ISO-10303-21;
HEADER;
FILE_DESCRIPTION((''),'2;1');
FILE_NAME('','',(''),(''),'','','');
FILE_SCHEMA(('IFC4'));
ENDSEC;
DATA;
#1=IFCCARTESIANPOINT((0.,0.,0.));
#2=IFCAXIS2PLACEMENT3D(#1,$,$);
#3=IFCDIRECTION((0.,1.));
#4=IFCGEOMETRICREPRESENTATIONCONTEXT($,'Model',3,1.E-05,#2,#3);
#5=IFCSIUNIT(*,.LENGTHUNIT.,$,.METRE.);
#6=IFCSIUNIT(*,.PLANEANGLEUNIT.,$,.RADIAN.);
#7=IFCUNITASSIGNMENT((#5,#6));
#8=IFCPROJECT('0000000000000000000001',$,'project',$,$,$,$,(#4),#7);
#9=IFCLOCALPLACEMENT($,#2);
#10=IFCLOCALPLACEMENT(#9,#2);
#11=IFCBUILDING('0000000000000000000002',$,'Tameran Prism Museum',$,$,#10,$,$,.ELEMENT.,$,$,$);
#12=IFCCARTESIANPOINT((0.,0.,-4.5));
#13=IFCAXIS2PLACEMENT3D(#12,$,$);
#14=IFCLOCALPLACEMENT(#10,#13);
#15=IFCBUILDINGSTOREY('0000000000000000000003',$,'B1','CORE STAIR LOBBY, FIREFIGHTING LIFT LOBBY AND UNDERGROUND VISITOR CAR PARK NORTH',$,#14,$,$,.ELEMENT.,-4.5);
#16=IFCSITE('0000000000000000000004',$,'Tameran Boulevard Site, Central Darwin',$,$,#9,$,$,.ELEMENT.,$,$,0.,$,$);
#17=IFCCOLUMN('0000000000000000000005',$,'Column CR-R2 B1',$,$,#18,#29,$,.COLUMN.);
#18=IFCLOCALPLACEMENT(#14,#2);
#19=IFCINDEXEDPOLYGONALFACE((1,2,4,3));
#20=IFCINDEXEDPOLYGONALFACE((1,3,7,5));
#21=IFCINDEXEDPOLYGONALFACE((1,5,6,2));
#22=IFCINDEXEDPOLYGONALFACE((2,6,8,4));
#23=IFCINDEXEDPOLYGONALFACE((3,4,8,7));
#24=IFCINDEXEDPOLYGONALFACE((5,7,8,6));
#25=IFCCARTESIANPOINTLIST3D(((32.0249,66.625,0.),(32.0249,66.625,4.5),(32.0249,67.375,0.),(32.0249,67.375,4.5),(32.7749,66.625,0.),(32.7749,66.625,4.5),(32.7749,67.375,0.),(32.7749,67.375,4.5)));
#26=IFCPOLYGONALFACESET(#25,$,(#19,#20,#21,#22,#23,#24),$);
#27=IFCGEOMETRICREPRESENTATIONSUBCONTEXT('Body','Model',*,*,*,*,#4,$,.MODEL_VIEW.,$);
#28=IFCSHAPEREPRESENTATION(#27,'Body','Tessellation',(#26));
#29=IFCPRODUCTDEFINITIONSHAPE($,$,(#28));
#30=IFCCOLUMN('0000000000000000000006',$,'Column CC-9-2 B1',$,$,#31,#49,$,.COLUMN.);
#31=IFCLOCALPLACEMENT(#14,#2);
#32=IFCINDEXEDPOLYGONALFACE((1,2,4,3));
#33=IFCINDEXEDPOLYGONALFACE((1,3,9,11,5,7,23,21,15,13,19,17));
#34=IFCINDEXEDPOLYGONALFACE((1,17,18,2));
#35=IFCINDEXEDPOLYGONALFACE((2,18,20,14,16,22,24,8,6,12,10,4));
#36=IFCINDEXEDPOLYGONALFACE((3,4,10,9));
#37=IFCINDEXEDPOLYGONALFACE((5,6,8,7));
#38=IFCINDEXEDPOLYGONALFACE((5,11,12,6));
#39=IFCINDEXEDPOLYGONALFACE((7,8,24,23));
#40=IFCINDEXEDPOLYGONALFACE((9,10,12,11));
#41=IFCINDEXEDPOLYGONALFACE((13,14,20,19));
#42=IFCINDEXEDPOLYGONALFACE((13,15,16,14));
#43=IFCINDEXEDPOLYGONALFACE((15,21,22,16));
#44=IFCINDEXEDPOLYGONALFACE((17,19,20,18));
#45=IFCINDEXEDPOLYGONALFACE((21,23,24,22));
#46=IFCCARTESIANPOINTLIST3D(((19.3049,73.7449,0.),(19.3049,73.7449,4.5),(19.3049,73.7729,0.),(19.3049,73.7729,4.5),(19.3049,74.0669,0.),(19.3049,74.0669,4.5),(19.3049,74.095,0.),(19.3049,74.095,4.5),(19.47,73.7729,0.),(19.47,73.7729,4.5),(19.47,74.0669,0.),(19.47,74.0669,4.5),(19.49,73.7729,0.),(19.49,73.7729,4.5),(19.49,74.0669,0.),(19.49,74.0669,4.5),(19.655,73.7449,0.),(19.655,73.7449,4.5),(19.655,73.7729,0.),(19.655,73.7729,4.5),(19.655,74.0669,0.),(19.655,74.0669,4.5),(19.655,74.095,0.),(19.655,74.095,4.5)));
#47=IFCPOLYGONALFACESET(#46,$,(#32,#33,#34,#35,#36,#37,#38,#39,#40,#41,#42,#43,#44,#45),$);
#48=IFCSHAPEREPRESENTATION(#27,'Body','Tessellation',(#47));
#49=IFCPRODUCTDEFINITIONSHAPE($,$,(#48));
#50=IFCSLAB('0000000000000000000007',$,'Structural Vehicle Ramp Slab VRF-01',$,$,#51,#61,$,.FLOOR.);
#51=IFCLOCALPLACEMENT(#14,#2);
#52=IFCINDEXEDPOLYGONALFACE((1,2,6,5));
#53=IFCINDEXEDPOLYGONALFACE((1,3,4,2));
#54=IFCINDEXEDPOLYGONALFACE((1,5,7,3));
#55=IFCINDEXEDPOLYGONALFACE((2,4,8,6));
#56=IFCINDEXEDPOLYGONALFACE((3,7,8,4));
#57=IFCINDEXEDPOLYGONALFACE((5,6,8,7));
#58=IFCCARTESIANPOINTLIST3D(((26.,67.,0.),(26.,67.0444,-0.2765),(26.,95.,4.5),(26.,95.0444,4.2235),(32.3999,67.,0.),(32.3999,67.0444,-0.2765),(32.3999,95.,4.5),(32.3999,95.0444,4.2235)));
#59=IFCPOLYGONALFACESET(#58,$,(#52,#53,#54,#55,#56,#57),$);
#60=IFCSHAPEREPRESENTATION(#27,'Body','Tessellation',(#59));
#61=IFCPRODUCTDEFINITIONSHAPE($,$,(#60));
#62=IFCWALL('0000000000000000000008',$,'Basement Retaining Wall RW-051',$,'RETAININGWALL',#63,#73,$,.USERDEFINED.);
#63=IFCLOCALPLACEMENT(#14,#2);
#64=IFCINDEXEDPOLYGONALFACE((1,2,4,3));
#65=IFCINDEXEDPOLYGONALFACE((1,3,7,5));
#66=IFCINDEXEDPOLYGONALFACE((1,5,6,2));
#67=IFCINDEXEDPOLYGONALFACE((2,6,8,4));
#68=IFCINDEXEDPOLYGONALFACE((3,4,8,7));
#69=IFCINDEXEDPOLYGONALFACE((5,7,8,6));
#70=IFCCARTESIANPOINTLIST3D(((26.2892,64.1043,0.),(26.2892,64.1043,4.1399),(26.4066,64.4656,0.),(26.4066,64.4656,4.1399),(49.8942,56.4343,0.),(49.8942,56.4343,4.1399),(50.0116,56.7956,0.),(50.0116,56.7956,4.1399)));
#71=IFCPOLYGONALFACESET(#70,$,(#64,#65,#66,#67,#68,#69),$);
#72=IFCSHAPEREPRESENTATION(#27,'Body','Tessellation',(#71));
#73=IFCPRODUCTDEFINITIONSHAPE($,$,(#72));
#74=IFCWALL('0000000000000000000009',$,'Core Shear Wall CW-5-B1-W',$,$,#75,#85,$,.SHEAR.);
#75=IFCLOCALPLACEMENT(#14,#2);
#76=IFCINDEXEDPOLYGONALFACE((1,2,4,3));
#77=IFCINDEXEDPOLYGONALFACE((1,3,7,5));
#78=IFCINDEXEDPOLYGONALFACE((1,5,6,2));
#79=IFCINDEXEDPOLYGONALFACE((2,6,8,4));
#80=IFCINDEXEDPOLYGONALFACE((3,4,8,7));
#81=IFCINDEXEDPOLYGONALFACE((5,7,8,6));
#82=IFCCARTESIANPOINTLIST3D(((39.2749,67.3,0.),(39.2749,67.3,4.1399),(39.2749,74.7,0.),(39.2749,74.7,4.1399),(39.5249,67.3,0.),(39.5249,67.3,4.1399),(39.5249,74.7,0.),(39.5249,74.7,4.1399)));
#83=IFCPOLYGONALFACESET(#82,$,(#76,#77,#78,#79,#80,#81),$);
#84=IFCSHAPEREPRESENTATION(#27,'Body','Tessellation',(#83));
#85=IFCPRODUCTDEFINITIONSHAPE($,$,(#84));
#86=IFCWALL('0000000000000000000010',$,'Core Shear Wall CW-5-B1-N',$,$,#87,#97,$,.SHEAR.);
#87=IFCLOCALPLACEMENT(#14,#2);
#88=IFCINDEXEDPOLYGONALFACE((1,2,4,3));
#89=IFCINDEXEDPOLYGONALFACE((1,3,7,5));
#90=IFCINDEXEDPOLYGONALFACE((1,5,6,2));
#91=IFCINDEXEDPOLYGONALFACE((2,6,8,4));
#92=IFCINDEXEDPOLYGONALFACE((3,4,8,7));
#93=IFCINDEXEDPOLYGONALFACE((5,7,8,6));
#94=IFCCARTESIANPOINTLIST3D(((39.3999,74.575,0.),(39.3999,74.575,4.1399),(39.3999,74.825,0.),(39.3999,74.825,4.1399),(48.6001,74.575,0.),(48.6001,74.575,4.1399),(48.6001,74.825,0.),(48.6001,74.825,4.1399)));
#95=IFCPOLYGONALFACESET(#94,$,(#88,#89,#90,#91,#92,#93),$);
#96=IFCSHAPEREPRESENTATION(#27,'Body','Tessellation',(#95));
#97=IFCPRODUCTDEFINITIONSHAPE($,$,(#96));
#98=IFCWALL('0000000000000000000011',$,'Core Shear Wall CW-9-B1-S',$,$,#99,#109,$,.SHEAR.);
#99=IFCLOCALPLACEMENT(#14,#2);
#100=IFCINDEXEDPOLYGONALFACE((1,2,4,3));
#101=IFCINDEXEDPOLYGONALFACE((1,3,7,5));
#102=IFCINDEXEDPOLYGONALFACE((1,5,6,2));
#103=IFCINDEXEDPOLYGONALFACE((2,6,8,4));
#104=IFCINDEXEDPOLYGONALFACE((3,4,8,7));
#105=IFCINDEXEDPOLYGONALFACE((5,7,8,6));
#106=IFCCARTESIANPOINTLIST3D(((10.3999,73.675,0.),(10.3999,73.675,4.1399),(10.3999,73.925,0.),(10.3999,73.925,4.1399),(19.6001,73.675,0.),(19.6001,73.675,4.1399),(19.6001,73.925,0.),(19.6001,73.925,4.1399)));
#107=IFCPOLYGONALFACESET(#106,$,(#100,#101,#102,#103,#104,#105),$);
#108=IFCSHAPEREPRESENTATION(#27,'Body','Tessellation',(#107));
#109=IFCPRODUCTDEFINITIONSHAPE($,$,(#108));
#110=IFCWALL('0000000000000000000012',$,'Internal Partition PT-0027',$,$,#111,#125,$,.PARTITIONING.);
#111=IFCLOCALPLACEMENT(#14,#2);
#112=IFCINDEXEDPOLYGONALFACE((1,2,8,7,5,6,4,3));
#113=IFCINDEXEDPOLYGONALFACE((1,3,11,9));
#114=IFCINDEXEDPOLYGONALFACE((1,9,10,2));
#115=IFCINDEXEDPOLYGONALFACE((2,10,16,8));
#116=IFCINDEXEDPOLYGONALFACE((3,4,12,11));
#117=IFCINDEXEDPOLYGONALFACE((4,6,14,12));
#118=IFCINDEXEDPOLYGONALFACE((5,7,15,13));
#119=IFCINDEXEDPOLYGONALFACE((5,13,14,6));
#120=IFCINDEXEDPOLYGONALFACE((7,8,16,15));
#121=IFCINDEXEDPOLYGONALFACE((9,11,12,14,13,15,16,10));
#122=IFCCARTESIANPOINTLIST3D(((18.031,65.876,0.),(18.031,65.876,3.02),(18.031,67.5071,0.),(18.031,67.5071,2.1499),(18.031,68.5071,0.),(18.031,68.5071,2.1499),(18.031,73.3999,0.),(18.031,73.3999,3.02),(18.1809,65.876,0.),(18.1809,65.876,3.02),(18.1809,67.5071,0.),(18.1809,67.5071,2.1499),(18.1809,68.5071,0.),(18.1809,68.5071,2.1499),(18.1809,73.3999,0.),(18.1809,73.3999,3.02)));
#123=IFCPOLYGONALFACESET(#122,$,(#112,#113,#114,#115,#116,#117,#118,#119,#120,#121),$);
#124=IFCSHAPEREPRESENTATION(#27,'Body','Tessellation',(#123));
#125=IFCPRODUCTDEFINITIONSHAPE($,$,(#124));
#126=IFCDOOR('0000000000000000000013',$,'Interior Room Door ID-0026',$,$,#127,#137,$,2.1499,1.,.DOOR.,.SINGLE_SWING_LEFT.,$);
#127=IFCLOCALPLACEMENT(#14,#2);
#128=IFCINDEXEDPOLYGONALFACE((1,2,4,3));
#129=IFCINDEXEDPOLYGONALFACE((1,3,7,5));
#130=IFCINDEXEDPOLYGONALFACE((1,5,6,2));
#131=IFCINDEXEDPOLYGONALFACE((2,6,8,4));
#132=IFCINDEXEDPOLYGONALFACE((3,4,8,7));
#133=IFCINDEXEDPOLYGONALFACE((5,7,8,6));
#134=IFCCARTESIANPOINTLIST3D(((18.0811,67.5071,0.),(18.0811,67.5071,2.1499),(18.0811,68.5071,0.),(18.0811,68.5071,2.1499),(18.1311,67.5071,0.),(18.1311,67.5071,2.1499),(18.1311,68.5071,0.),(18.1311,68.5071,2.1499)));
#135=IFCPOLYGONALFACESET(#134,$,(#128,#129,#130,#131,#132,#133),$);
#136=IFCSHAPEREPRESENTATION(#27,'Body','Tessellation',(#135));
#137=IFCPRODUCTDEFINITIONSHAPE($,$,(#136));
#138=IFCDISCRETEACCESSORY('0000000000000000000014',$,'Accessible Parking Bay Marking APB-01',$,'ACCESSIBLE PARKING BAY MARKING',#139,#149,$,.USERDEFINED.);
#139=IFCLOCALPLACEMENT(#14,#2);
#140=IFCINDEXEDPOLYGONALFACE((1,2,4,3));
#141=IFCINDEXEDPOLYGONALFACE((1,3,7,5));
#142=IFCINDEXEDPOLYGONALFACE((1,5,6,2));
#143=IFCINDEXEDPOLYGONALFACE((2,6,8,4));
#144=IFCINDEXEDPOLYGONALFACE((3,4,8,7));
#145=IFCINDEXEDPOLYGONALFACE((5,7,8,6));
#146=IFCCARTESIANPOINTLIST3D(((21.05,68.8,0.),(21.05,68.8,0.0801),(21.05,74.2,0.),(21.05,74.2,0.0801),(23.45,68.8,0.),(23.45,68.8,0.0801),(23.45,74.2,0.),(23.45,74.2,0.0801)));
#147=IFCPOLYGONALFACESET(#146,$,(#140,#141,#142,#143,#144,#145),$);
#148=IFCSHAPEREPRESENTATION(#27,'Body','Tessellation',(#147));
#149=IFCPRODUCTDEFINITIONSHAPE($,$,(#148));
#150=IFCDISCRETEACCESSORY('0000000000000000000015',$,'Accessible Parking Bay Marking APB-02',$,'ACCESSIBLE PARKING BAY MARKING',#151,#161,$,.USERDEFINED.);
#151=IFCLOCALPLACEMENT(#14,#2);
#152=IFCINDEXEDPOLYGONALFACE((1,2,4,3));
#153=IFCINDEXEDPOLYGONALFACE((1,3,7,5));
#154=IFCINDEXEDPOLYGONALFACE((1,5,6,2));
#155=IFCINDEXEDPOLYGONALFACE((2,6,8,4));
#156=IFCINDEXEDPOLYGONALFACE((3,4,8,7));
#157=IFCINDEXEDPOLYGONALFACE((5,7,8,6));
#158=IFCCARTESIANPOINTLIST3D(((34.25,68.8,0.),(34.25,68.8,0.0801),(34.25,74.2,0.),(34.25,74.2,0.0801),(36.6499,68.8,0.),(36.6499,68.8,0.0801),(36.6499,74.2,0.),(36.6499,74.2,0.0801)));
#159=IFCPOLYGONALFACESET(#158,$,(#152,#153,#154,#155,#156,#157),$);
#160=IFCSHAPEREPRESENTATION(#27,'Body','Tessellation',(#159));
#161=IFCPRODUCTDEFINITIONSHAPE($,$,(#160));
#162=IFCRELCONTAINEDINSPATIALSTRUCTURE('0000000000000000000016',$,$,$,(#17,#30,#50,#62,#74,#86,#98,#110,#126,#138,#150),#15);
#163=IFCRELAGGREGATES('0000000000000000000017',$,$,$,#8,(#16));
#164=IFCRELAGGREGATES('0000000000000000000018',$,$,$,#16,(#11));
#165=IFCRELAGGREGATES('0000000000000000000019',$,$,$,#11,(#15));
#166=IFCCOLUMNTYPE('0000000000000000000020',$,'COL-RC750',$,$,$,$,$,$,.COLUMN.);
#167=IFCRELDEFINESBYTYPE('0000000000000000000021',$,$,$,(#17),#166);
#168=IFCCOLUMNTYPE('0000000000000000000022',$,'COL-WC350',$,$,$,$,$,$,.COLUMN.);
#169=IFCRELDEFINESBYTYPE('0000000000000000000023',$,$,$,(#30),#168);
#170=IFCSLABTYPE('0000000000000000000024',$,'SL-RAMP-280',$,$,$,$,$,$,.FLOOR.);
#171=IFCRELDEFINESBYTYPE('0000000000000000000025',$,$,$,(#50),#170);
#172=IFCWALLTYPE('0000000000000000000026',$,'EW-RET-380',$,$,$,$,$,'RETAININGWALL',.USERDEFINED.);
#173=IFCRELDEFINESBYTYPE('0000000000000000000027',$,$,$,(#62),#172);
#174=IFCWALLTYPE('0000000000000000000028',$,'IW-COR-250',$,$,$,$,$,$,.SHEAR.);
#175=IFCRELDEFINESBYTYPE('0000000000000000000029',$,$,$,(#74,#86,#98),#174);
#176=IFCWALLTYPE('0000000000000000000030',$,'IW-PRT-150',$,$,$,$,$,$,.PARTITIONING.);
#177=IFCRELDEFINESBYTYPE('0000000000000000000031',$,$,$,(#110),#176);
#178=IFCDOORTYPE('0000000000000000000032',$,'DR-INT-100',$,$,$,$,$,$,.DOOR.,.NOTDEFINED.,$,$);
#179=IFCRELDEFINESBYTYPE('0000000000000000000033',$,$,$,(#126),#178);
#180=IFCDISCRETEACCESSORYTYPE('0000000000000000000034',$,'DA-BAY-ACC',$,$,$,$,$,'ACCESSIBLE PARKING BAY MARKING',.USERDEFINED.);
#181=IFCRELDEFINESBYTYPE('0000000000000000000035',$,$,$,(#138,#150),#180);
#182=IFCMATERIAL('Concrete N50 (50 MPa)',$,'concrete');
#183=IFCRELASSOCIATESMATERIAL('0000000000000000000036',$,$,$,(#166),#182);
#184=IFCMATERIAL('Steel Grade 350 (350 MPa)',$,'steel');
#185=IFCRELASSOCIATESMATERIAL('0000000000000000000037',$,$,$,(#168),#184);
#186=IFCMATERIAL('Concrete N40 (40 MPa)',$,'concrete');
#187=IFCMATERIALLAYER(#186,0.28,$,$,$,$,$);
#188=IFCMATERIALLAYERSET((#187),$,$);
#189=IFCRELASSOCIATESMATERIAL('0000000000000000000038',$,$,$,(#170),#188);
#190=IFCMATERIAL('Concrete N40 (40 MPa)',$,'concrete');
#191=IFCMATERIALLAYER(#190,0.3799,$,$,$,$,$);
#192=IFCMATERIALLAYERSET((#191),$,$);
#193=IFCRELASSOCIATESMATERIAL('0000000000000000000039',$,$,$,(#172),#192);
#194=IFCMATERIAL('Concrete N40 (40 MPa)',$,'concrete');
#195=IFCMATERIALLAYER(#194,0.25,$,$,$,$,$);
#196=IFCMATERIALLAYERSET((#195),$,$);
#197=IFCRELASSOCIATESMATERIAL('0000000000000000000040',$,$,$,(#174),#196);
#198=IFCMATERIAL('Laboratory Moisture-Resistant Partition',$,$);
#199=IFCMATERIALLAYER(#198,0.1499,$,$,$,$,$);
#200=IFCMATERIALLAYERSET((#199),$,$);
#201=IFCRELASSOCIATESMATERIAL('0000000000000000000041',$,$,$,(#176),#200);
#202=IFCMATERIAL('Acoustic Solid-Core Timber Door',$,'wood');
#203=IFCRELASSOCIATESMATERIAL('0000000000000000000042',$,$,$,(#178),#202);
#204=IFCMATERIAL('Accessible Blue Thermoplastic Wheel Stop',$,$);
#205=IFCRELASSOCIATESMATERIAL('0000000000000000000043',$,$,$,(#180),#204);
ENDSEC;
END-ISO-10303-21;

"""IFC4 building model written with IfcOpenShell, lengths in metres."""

from ifc_helpers import new_model, si_unit, direction, frame, frame_2d, origin, origin_2d, place, context, subcontext, project, spatial, polyline, rectangle, i_section, outline, extrude, material, layer, layer_set, material_profile, profile_set, type_object, element, fill, save


model = new_model("IFC4")

# Units and contexts
model_context = context("Model", 3, precision=1e-05, world=origin(), true_north=direction((0.0, 1.0)))
body_context = subcontext(model_context, "Body", "Model", "MODEL_VIEW")
ifc_project = project(units=[si_unit("LENGTHUNIT", "METRE"), si_unit("PLANEANGLEUNIT", "RADIAN")], contexts=[model_context])

# Site, building, storey
site_placement = place(None, origin())
site = spatial("IfcSite", under=ifc_project, at=site_placement, Name="Tameran Boulevard Site, Central Darwin", CompositionType="ELEMENT", RefElevation=0.0)
building_placement = place(site_placement, origin())
building = spatial("IfcBuilding", under=site, at=building_placement, Name="Tameran Prism Museum", CompositionType="ELEMENT")
storey_placement = place(building_placement, frame((0.0, 0.0, -4.5)))
storey = spatial("IfcBuildingStorey", under=building, at=storey_placement, Name="B1", Description="CORE STAIR LOBBY, FIREFIGHTING LIFT LOBBY AND UNDERGROUND VISITOR CAR PARK NORTH", CompositionType="ELEMENT", Elevation=-4.5)

# Columns
ifc_material_1 = material(Name="Concrete N50 (50 MPa)", Category="concrete")
ifc_material_profile_1 = material_profile(ifc_material_1, rectangle(XDim=0.75, YDim=0.75, at=origin_2d()))
ifc_profile_set_1 = profile_set([ifc_material_profile_1])
column_type_1 = type_object("IfcColumnType", Name="COL-RC750", PredefinedType="COLUMN", material=ifc_profile_set_1)
for number, where, z_axis, x_axis, name in (
    (1, (32.3999, 67.0, 0.0), (0.0, 0.0, 1.0), (1.0, 0.0, 0.0), "Column CR-R2 B1"),
):
    element("IfcColumn", number, at=place(storey_placement, frame(where, z_axis=z_axis, x_axis=x_axis)), inside=storey, type_object=column_type_1, Name=name, PredefinedType="COLUMN", context=body_context, shape_type="SweptSolid", body=[
        extrude(rectangle(XDim=0.75, YDim=0.75, at=origin_2d()), origin(), (0.0, 0.0, 1.0), 4.5),
    ])
ifc_material_2 = material(Name="Steel Grade 350 (350 MPa)", Category="steel")
ifc_material_profile_2 = material_profile(ifc_material_2, i_section(OverallWidth=0.3501, OverallDepth=0.3501, WebThickness=0.02, FlangeThickness=0.0281, at=origin_2d()))
ifc_profile_set_2 = profile_set([ifc_material_profile_2])
column_type_2 = type_object("IfcColumnType", Name="COL-WC350", PredefinedType="COLUMN", material=ifc_profile_set_2)
column_placement = place(storey_placement, frame((19.48, 73.9199, 0.0), z_axis=(0.0, 0.0, 1.0), x_axis=(1.0, 0.0, 0.0)))
element("IfcColumn", 2, at=column_placement, inside=storey, type_object=column_type_2, Name="Column CC-9-2 B1", PredefinedType="COLUMN", context=body_context, shape_type="SweptSolid", body=[
    extrude(i_section(OverallWidth=0.3501, OverallDepth=0.3501, WebThickness=0.02, FlangeThickness=0.0281, at=origin_2d()), origin(), (0.0, 0.0, 1.0), 4.5),
])

# Slab
ifc_material_3 = material(Name="Concrete N40 (40 MPa)", Category="concrete")
ifc_layer_1 = layer(ifc_material_3, 0.28)
ifc_layer_set_1 = layer_set([ifc_layer_1])
slab_type = type_object("IfcSlabType", Name="SL-RAMP-280", PredefinedType="FLOOR", material=ifc_layer_set_1)
slab_placement = place(storey_placement, frame((26.0, 67.0, 0.0), z_axis=(0.0, -0.158678, 0.98733), x_axis=(1.0, 0.0, 0.0)))
element("IfcSlab", 3, at=slab_placement, inside=storey, type_object=slab_type, Name="Structural Vehicle Ramp Slab VRF-01", PredefinedType="FLOOR", context=body_context, shape_type="SweptSolid", body=[
    extrude(outline(polyline([(0.0, 0.0), (6.3999, 0.0), (6.3999, 28.3593), (0.0, 28.3593), (0.0, 0.0)])), origin(), (0.0, 0.0, -1.0), 0.28),
])

# Walls
ifc_material_4 = material(Name="Concrete N40 (40 MPa)", Category="concrete")
ifc_layer_2 = layer(ifc_material_4, 0.3799)
ifc_layer_set_2 = layer_set([ifc_layer_2])
wall_type_1 = type_object("IfcWallType", Name="EW-RET-380", ElementType="RETAININGWALL", PredefinedType="USERDEFINED", material=ifc_layer_set_2)
wall_1_placement = place(storey_placement, frame((26.3479, 64.2849, 0.0), z_axis=(0.0, 0.0, 1.0), x_axis=(0.951054, -0.309024, 0.0)))
element("IfcWall", 4, at=wall_1_placement, inside=storey, type_object=wall_type_1, Name="Basement Retaining Wall RW-051", ObjectType="RETAININGWALL", PredefinedType="USERDEFINED", context=body_context, shape_type="SweptSolid", body=[
    extrude(rectangle(XDim=24.8198, YDim=0.3799, at=frame_2d((12.4099, 0.0))), origin(), (0.0, 0.0, 1.0), 4.1399),
])
ifc_material_5 = material(Name="Concrete N40 (40 MPa)", Category="concrete")
ifc_layer_3 = layer(ifc_material_5, 0.25)
ifc_layer_set_3 = layer_set([ifc_layer_3])
wall_type_2 = type_object("IfcWallType", Name="IW-COR-250", PredefinedType="SHEAR", material=ifc_layer_set_3)
wall_2_placement = place(storey_placement, frame((39.3999, 67.3, 0.0), z_axis=(0.0, 0.0, 1.0), x_axis=(0.0, 1.0, 0.0)))
element("IfcWall", 5, at=wall_2_placement, inside=storey, type_object=wall_type_2, Name="Core Shear Wall CW-5-B1-W", PredefinedType="SHEAR", context=body_context, shape_type="SweptSolid", body=[
    extrude(rectangle(XDim=7.3999, YDim=0.25, at=frame_2d((3.7, 0.0))), origin(), (0.0, 0.0, 1.0), 4.1399),
])
for number, where, z_axis, x_axis, name in (
    (6, (39.3999, 74.7, 0.0), (0.0, 0.0, 1.0), (1.0, 0.0, 0.0), "Core Shear Wall CW-5-B1-N"),
    (7, (19.6001, 73.8, 0.0), (0.0, 0.0, 1.0), (-1.0, 0.0, 0.0), "Core Shear Wall CW-9-B1-S"),
):
    element("IfcWall", number, at=place(storey_placement, frame(where, z_axis=z_axis, x_axis=x_axis)), inside=storey, type_object=wall_type_2, Name=name, PredefinedType="SHEAR", context=body_context, shape_type="SweptSolid", body=[
        extrude(rectangle(XDim=9.2002, YDim=0.25, at=frame_2d((4.6001, 0.0))), origin(), (0.0, 0.0, 1.0), 4.1399),
    ])

# Wall, opening, door
ifc_material_6 = material(Name="Laboratory Moisture-Resistant Partition")
ifc_layer_4 = layer(ifc_material_6, 0.1499)
ifc_layer_set_4 = layer_set([ifc_layer_4])
wall_type_3 = type_object("IfcWallType", Name="IW-PRT-150", PredefinedType="PARTITIONING", material=ifc_layer_set_4)
wall_3_placement = place(storey_placement, frame((18.106, 65.876, 0.0), z_axis=(0.0, 0.0, 1.0), x_axis=(0.0, 1.0, 0.0)))
wall_3 = element("IfcWall", 8, at=wall_3_placement, inside=storey, type_object=wall_type_3, Name="Internal Partition PT-0027", PredefinedType="PARTITIONING", context=body_context, shape_type="SweptSolid", body=[
    extrude(rectangle(XDim=7.5239, YDim=0.1499, at=frame_2d((3.762, 0.0))), origin(), (0.0, 0.0, 1.0), 3.02),
])
opening_placement = place(wall_3_placement, frame((1.6311, 0.0, 0.0)))
opening = element("IfcOpeningElement", 9, at=opening_placement, cuts=wall_3, PredefinedType="OPENING", context=body_context, shape_type="SweptSolid", body=[
    extrude(rectangle(XDim=1.0, YDim=2.1499, at=frame_2d((0.5, 1.075))), frame((0.0, 0.085, 0.0), z_axis=(0.0, -1.0, 0.0), x_axis=(1.0, 0.0, 0.0)), (0.0, 0.0, 1.0), 0.1699),
])
ifc_material_7 = material(Name="Acoustic Solid-Core Timber Door", Category="wood")
door_type = type_object("IfcDoorType", Name="DR-INT-100", OperationType="NOTDEFINED", PredefinedType="DOOR", material=ifc_material_7)
door_placement = place(opening_placement, origin())
door = element("IfcDoor", 10, at=door_placement, inside=storey, type_object=door_type, Name="Interior Room Door ID-0026", OperationType="SINGLE_SWING_LEFT", OverallHeight=2.1499, OverallWidth=1.0, PredefinedType="DOOR", context=body_context, shape_type="SweptSolid", body=[
    extrude(rectangle(XDim=1.0, YDim=2.1499, at=frame_2d((0.5, 1.075))), frame((0.0, 0.0249, 0.0), z_axis=(0.0, -1.0, 0.0), x_axis=(1.0, 0.0, 0.0)), (0.0, 0.0, 1.0), 0.05),
])
fill(opening, door)

# Discrete accessories
ifc_material_8 = material(Name="Accessible Blue Thermoplastic Wheel Stop")
discrete_accessory_type = type_object("IfcDiscreteAccessoryType", Name="DA-BAY-ACC", ElementType="ACCESSIBLE PARKING BAY MARKING", PredefinedType="USERDEFINED", material=ifc_material_8)
for number, where, z_axis, x_axis, name in (
    (11, (22.25, 71.5, 0.0), (0.0, 0.0, 1.0), (1.0, 0.0, 0.0), "Accessible Parking Bay Marking APB-01"),
    (12, (35.45, 71.5, 0.0), (0.0, 0.0, 1.0), (1.0, 0.0, 0.0), "Accessible Parking Bay Marking APB-02"),
):
    element("IfcDiscreteAccessory", number, at=place(storey_placement, frame(where, z_axis=z_axis, x_axis=x_axis)), inside=storey, type_object=discrete_accessory_type, Name=name, ObjectType="ACCESSIBLE PARKING BAY MARKING", PredefinedType="USERDEFINED", context=body_context, shape_type="SweptSolid", body=[
        extrude(rectangle(XDim=2.3999, YDim=5.3999, at=origin_2d()), origin(), (0.0, 0.0, 1.0), 0.0801),
    ])

save(model, "model.ifc")
